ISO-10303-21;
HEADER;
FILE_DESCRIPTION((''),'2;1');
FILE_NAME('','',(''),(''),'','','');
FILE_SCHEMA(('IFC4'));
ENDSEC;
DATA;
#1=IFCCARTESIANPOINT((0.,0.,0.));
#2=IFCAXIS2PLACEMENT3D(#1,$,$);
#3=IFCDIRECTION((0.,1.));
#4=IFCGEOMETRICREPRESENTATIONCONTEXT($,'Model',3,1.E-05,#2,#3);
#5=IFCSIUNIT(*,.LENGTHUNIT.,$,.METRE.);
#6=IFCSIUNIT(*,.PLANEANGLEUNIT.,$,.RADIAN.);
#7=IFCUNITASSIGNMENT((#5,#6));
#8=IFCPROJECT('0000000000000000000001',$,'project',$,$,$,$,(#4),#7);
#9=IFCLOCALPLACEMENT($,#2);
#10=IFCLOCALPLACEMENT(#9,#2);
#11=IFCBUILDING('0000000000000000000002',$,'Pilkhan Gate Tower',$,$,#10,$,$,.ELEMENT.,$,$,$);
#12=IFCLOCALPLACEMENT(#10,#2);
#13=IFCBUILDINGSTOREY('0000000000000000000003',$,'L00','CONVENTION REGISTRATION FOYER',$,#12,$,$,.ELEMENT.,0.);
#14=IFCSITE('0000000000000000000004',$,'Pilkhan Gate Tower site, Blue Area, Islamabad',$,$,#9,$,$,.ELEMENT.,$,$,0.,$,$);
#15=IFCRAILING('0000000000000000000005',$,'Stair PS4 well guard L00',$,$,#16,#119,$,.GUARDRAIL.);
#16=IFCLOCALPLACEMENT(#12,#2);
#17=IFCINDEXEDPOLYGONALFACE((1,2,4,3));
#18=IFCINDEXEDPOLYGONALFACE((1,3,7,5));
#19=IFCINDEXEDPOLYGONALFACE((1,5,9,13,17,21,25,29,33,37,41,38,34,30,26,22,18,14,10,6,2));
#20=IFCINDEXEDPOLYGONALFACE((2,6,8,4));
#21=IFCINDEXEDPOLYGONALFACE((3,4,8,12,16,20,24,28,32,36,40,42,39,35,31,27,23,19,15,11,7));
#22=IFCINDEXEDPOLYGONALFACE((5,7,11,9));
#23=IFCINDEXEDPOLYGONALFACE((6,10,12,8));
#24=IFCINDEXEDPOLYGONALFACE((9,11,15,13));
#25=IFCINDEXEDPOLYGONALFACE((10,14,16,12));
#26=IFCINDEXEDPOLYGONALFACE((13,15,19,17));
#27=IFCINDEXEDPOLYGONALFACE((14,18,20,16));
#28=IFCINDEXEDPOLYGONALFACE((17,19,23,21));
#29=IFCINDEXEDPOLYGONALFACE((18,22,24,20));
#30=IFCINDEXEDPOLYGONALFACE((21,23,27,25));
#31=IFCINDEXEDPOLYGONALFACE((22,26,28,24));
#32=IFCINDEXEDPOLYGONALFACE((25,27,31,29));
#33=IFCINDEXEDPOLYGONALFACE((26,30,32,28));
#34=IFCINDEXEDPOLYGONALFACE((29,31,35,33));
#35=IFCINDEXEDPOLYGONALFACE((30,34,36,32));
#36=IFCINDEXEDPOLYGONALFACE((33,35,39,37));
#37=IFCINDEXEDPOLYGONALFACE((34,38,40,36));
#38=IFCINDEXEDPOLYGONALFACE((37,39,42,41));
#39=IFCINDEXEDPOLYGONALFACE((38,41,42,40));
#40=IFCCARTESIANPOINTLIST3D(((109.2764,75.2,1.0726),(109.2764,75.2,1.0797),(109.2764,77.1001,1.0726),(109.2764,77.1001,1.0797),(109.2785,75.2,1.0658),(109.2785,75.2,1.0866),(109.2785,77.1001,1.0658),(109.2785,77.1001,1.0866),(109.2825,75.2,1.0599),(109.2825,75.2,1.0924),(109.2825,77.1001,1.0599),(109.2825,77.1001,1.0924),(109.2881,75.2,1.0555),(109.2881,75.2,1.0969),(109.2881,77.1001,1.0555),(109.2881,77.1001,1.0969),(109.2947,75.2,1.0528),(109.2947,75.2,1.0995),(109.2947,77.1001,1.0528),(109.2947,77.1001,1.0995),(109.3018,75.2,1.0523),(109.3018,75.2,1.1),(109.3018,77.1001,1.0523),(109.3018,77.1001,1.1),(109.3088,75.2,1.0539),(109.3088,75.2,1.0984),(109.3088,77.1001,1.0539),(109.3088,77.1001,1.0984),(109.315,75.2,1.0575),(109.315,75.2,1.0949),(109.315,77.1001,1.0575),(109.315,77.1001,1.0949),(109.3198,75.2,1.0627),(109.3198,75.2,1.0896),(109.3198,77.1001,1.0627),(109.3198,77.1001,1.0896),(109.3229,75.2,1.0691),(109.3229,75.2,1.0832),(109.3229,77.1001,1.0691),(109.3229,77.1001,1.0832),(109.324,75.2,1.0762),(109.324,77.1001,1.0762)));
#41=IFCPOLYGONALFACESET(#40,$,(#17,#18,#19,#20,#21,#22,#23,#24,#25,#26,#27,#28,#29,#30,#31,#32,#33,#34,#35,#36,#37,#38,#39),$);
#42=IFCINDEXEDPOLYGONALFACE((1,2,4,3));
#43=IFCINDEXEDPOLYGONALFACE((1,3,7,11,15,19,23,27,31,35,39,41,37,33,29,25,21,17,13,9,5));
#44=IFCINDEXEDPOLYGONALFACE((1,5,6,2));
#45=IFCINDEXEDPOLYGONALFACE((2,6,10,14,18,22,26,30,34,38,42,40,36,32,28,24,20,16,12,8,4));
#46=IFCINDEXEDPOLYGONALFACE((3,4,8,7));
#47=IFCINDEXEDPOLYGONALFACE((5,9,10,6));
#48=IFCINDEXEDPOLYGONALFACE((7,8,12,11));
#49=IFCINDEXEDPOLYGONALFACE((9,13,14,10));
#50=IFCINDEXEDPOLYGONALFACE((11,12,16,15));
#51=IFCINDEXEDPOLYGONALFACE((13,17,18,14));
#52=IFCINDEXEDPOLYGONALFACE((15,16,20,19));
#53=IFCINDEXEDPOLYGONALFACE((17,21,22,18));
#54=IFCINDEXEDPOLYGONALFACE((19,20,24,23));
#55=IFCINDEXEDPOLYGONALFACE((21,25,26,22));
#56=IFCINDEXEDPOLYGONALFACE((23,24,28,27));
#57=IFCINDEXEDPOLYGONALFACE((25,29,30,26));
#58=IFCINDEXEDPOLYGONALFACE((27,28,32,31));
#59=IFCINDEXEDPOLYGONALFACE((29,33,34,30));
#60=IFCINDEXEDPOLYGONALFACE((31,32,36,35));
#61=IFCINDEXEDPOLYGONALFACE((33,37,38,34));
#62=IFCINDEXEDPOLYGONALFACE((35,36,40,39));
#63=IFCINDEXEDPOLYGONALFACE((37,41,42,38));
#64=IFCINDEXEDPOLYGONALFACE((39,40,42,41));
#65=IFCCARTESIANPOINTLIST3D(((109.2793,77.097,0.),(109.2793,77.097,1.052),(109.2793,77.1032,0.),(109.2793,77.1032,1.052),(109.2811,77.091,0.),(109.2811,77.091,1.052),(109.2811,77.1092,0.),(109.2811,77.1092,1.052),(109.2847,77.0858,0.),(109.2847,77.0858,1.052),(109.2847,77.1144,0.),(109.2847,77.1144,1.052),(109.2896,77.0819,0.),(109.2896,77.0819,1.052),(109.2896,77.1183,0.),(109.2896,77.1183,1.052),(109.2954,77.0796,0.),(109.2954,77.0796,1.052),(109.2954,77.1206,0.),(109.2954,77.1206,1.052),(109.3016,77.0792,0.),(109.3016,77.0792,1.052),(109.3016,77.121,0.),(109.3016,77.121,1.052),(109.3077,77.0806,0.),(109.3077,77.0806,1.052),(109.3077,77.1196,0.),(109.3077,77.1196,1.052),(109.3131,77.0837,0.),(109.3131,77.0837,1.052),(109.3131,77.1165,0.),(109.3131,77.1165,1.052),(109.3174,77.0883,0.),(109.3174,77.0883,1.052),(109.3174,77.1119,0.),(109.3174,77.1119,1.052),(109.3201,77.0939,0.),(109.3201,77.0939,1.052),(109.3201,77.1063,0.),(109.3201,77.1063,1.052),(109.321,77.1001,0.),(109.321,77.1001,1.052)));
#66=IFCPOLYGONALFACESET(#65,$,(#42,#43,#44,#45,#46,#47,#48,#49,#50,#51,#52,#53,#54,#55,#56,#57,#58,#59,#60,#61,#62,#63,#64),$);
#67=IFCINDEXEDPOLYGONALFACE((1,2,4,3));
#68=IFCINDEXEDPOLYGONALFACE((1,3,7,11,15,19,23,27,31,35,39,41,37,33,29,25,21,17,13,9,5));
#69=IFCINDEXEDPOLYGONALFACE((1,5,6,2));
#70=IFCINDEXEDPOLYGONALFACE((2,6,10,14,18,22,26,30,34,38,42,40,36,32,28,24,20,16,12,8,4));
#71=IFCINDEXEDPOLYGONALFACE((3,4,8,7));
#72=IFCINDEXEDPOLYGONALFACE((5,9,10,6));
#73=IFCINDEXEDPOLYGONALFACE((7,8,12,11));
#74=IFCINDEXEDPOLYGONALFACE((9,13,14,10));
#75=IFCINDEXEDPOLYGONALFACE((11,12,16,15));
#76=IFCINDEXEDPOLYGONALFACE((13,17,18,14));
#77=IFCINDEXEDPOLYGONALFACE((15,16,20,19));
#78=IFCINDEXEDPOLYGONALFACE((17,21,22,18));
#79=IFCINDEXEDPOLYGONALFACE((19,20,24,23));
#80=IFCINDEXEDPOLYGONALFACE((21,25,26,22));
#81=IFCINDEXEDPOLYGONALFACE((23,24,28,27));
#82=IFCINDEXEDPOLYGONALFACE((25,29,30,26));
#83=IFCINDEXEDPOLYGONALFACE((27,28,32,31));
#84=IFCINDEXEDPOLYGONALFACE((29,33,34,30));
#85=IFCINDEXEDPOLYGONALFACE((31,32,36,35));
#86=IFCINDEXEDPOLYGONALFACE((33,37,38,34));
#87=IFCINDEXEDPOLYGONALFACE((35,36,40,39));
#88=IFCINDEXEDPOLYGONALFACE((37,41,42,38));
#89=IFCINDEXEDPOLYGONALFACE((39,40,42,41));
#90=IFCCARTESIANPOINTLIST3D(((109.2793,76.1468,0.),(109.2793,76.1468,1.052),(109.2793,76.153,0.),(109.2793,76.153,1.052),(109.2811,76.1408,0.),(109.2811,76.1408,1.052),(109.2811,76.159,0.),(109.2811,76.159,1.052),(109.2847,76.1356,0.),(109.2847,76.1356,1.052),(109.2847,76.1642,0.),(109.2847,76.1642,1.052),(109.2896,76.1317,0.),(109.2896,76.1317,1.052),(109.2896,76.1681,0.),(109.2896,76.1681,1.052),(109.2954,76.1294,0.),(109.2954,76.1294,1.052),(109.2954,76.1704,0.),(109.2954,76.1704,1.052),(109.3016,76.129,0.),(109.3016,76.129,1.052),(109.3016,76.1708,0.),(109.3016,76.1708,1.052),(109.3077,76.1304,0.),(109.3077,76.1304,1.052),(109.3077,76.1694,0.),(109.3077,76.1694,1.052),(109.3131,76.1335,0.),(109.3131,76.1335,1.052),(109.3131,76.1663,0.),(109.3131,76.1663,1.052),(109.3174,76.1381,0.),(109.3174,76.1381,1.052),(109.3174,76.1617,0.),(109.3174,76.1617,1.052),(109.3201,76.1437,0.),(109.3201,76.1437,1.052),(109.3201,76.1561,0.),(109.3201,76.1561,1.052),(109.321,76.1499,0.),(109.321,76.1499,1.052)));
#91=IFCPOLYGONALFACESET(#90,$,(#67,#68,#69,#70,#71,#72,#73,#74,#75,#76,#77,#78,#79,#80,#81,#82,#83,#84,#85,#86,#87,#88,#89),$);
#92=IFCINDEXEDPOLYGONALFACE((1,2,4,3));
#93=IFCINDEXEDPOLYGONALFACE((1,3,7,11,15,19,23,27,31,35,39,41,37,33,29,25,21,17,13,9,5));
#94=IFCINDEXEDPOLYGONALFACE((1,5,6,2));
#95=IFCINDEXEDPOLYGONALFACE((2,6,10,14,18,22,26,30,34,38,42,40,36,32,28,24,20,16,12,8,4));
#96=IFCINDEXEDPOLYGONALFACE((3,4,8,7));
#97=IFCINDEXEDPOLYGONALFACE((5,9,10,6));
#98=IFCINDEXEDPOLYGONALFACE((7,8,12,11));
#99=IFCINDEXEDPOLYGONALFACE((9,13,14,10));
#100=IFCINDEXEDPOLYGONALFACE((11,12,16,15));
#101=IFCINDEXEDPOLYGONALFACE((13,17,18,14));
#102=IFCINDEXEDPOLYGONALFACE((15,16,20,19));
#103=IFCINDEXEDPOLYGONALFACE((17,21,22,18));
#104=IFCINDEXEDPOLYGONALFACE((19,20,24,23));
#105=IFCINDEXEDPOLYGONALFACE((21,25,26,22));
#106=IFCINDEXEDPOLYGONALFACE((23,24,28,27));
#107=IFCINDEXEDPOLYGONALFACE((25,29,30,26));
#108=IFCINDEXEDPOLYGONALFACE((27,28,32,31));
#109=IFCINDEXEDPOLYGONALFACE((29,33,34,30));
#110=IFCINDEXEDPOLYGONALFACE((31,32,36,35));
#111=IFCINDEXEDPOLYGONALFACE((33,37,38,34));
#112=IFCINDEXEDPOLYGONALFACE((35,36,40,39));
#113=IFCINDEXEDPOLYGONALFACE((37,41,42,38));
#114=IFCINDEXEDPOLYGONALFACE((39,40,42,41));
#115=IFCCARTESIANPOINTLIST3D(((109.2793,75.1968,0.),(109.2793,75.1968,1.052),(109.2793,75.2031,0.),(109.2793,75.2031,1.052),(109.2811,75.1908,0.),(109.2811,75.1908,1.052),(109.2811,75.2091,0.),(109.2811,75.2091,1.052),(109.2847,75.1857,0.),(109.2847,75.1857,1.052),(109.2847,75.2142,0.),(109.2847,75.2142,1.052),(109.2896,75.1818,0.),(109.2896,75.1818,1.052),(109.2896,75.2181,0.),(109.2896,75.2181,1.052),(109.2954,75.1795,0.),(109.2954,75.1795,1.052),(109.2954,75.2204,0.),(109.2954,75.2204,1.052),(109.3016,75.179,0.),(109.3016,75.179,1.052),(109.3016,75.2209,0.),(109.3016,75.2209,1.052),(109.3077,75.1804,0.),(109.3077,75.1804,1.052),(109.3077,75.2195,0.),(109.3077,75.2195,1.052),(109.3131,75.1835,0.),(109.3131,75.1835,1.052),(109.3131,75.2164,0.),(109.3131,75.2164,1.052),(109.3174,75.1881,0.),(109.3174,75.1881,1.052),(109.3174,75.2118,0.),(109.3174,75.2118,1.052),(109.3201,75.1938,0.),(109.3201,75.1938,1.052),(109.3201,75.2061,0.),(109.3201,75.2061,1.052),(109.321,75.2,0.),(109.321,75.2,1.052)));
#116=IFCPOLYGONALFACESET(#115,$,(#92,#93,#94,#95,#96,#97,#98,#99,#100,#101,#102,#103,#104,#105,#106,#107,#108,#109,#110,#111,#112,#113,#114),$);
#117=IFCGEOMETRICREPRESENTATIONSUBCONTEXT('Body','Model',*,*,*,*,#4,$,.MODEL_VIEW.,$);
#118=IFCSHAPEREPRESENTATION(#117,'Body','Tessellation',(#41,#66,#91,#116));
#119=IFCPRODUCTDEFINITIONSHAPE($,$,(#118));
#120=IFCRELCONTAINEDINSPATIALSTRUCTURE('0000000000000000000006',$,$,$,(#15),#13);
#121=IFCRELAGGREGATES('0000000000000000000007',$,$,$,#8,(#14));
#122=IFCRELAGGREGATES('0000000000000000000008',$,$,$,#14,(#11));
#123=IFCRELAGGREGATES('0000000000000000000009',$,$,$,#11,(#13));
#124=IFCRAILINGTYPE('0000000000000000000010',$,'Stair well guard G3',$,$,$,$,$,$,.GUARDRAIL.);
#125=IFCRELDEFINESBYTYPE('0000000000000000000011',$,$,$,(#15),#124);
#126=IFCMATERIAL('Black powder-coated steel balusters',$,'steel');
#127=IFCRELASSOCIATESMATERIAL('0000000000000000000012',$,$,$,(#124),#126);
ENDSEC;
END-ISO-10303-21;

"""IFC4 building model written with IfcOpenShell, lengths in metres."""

from ifc_helpers import new_model, si_unit, direction, frame, origin, origin_2d, place, context, subcontext, project, spatial, circle, extrude, material, type_object, element, save


model = new_model("IFC4")

# Units and contexts
model_context = context("Model", 3, precision=1e-05, world=origin(), true_north=direction((0.0, 1.0)))
body_context = subcontext(model_context, "Body", "Model", "MODEL_VIEW")
ifc_project = project(units=[si_unit("LENGTHUNIT", "METRE"), si_unit("PLANEANGLEUNIT", "RADIAN")], contexts=[model_context])

# Site, building, storey
site_placement = place(None, origin())
site = spatial("IfcSite", under=ifc_project, at=site_placement, Name="Pilkhan Gate Tower site, Blue Area, Islamabad", CompositionType="ELEMENT", RefElevation=0.0)
building_placement = place(site_placement, origin())
building = spatial("IfcBuilding", under=site, at=building_placement, Name="Pilkhan Gate Tower", CompositionType="ELEMENT")
storey_placement = place(building_placement, origin())
storey = spatial("IfcBuildingStorey", under=building, at=storey_placement, Name="L00", Description="CONVENTION REGISTRATION FOYER", CompositionType="ELEMENT", Elevation=0.0)

# Railing
ifc_material_1 = material(Name="Black powder-coated steel balusters", Category="steel")
railing_type = type_object("IfcRailingType", Name="Stair well guard G3", PredefinedType="GUARDRAIL", material=ifc_material_1)
railing_1_placement = place(storey_placement, frame((109.3, 77.1001, 0.0)))
element("IfcRailing", 1, at=railing_1_placement, inside=storey, type_object=railing_type, Name="Stair PS4 well guard L00", PredefinedType="GUARDRAIL", context=body_context, shape_type="SweptSolid", body=[
    extrude(circle(Radius=0.0239, at=origin_2d()), frame((0.0, 0.0, 1.0762), z_axis=(0.0, -1.0, 0.0), x_axis=(1.0, 0.0, 0.0)), (0.0, 0.0, 1.0), 1.9001),
    extrude(circle(Radius=0.021, at=origin_2d()), origin(), (0.0, 0.0, 1.0), 1.052),
    extrude(circle(Radius=0.021, at=origin_2d()), frame((0.0, -0.9502, 0.0)), (0.0, 0.0, 1.0), 1.052),
    extrude(circle(Radius=0.021, at=origin_2d()), frame((0.0, -1.9001, 0.0)), (0.0, 0.0, 1.0), 1.052),
])

save(model, "model.ifc")
